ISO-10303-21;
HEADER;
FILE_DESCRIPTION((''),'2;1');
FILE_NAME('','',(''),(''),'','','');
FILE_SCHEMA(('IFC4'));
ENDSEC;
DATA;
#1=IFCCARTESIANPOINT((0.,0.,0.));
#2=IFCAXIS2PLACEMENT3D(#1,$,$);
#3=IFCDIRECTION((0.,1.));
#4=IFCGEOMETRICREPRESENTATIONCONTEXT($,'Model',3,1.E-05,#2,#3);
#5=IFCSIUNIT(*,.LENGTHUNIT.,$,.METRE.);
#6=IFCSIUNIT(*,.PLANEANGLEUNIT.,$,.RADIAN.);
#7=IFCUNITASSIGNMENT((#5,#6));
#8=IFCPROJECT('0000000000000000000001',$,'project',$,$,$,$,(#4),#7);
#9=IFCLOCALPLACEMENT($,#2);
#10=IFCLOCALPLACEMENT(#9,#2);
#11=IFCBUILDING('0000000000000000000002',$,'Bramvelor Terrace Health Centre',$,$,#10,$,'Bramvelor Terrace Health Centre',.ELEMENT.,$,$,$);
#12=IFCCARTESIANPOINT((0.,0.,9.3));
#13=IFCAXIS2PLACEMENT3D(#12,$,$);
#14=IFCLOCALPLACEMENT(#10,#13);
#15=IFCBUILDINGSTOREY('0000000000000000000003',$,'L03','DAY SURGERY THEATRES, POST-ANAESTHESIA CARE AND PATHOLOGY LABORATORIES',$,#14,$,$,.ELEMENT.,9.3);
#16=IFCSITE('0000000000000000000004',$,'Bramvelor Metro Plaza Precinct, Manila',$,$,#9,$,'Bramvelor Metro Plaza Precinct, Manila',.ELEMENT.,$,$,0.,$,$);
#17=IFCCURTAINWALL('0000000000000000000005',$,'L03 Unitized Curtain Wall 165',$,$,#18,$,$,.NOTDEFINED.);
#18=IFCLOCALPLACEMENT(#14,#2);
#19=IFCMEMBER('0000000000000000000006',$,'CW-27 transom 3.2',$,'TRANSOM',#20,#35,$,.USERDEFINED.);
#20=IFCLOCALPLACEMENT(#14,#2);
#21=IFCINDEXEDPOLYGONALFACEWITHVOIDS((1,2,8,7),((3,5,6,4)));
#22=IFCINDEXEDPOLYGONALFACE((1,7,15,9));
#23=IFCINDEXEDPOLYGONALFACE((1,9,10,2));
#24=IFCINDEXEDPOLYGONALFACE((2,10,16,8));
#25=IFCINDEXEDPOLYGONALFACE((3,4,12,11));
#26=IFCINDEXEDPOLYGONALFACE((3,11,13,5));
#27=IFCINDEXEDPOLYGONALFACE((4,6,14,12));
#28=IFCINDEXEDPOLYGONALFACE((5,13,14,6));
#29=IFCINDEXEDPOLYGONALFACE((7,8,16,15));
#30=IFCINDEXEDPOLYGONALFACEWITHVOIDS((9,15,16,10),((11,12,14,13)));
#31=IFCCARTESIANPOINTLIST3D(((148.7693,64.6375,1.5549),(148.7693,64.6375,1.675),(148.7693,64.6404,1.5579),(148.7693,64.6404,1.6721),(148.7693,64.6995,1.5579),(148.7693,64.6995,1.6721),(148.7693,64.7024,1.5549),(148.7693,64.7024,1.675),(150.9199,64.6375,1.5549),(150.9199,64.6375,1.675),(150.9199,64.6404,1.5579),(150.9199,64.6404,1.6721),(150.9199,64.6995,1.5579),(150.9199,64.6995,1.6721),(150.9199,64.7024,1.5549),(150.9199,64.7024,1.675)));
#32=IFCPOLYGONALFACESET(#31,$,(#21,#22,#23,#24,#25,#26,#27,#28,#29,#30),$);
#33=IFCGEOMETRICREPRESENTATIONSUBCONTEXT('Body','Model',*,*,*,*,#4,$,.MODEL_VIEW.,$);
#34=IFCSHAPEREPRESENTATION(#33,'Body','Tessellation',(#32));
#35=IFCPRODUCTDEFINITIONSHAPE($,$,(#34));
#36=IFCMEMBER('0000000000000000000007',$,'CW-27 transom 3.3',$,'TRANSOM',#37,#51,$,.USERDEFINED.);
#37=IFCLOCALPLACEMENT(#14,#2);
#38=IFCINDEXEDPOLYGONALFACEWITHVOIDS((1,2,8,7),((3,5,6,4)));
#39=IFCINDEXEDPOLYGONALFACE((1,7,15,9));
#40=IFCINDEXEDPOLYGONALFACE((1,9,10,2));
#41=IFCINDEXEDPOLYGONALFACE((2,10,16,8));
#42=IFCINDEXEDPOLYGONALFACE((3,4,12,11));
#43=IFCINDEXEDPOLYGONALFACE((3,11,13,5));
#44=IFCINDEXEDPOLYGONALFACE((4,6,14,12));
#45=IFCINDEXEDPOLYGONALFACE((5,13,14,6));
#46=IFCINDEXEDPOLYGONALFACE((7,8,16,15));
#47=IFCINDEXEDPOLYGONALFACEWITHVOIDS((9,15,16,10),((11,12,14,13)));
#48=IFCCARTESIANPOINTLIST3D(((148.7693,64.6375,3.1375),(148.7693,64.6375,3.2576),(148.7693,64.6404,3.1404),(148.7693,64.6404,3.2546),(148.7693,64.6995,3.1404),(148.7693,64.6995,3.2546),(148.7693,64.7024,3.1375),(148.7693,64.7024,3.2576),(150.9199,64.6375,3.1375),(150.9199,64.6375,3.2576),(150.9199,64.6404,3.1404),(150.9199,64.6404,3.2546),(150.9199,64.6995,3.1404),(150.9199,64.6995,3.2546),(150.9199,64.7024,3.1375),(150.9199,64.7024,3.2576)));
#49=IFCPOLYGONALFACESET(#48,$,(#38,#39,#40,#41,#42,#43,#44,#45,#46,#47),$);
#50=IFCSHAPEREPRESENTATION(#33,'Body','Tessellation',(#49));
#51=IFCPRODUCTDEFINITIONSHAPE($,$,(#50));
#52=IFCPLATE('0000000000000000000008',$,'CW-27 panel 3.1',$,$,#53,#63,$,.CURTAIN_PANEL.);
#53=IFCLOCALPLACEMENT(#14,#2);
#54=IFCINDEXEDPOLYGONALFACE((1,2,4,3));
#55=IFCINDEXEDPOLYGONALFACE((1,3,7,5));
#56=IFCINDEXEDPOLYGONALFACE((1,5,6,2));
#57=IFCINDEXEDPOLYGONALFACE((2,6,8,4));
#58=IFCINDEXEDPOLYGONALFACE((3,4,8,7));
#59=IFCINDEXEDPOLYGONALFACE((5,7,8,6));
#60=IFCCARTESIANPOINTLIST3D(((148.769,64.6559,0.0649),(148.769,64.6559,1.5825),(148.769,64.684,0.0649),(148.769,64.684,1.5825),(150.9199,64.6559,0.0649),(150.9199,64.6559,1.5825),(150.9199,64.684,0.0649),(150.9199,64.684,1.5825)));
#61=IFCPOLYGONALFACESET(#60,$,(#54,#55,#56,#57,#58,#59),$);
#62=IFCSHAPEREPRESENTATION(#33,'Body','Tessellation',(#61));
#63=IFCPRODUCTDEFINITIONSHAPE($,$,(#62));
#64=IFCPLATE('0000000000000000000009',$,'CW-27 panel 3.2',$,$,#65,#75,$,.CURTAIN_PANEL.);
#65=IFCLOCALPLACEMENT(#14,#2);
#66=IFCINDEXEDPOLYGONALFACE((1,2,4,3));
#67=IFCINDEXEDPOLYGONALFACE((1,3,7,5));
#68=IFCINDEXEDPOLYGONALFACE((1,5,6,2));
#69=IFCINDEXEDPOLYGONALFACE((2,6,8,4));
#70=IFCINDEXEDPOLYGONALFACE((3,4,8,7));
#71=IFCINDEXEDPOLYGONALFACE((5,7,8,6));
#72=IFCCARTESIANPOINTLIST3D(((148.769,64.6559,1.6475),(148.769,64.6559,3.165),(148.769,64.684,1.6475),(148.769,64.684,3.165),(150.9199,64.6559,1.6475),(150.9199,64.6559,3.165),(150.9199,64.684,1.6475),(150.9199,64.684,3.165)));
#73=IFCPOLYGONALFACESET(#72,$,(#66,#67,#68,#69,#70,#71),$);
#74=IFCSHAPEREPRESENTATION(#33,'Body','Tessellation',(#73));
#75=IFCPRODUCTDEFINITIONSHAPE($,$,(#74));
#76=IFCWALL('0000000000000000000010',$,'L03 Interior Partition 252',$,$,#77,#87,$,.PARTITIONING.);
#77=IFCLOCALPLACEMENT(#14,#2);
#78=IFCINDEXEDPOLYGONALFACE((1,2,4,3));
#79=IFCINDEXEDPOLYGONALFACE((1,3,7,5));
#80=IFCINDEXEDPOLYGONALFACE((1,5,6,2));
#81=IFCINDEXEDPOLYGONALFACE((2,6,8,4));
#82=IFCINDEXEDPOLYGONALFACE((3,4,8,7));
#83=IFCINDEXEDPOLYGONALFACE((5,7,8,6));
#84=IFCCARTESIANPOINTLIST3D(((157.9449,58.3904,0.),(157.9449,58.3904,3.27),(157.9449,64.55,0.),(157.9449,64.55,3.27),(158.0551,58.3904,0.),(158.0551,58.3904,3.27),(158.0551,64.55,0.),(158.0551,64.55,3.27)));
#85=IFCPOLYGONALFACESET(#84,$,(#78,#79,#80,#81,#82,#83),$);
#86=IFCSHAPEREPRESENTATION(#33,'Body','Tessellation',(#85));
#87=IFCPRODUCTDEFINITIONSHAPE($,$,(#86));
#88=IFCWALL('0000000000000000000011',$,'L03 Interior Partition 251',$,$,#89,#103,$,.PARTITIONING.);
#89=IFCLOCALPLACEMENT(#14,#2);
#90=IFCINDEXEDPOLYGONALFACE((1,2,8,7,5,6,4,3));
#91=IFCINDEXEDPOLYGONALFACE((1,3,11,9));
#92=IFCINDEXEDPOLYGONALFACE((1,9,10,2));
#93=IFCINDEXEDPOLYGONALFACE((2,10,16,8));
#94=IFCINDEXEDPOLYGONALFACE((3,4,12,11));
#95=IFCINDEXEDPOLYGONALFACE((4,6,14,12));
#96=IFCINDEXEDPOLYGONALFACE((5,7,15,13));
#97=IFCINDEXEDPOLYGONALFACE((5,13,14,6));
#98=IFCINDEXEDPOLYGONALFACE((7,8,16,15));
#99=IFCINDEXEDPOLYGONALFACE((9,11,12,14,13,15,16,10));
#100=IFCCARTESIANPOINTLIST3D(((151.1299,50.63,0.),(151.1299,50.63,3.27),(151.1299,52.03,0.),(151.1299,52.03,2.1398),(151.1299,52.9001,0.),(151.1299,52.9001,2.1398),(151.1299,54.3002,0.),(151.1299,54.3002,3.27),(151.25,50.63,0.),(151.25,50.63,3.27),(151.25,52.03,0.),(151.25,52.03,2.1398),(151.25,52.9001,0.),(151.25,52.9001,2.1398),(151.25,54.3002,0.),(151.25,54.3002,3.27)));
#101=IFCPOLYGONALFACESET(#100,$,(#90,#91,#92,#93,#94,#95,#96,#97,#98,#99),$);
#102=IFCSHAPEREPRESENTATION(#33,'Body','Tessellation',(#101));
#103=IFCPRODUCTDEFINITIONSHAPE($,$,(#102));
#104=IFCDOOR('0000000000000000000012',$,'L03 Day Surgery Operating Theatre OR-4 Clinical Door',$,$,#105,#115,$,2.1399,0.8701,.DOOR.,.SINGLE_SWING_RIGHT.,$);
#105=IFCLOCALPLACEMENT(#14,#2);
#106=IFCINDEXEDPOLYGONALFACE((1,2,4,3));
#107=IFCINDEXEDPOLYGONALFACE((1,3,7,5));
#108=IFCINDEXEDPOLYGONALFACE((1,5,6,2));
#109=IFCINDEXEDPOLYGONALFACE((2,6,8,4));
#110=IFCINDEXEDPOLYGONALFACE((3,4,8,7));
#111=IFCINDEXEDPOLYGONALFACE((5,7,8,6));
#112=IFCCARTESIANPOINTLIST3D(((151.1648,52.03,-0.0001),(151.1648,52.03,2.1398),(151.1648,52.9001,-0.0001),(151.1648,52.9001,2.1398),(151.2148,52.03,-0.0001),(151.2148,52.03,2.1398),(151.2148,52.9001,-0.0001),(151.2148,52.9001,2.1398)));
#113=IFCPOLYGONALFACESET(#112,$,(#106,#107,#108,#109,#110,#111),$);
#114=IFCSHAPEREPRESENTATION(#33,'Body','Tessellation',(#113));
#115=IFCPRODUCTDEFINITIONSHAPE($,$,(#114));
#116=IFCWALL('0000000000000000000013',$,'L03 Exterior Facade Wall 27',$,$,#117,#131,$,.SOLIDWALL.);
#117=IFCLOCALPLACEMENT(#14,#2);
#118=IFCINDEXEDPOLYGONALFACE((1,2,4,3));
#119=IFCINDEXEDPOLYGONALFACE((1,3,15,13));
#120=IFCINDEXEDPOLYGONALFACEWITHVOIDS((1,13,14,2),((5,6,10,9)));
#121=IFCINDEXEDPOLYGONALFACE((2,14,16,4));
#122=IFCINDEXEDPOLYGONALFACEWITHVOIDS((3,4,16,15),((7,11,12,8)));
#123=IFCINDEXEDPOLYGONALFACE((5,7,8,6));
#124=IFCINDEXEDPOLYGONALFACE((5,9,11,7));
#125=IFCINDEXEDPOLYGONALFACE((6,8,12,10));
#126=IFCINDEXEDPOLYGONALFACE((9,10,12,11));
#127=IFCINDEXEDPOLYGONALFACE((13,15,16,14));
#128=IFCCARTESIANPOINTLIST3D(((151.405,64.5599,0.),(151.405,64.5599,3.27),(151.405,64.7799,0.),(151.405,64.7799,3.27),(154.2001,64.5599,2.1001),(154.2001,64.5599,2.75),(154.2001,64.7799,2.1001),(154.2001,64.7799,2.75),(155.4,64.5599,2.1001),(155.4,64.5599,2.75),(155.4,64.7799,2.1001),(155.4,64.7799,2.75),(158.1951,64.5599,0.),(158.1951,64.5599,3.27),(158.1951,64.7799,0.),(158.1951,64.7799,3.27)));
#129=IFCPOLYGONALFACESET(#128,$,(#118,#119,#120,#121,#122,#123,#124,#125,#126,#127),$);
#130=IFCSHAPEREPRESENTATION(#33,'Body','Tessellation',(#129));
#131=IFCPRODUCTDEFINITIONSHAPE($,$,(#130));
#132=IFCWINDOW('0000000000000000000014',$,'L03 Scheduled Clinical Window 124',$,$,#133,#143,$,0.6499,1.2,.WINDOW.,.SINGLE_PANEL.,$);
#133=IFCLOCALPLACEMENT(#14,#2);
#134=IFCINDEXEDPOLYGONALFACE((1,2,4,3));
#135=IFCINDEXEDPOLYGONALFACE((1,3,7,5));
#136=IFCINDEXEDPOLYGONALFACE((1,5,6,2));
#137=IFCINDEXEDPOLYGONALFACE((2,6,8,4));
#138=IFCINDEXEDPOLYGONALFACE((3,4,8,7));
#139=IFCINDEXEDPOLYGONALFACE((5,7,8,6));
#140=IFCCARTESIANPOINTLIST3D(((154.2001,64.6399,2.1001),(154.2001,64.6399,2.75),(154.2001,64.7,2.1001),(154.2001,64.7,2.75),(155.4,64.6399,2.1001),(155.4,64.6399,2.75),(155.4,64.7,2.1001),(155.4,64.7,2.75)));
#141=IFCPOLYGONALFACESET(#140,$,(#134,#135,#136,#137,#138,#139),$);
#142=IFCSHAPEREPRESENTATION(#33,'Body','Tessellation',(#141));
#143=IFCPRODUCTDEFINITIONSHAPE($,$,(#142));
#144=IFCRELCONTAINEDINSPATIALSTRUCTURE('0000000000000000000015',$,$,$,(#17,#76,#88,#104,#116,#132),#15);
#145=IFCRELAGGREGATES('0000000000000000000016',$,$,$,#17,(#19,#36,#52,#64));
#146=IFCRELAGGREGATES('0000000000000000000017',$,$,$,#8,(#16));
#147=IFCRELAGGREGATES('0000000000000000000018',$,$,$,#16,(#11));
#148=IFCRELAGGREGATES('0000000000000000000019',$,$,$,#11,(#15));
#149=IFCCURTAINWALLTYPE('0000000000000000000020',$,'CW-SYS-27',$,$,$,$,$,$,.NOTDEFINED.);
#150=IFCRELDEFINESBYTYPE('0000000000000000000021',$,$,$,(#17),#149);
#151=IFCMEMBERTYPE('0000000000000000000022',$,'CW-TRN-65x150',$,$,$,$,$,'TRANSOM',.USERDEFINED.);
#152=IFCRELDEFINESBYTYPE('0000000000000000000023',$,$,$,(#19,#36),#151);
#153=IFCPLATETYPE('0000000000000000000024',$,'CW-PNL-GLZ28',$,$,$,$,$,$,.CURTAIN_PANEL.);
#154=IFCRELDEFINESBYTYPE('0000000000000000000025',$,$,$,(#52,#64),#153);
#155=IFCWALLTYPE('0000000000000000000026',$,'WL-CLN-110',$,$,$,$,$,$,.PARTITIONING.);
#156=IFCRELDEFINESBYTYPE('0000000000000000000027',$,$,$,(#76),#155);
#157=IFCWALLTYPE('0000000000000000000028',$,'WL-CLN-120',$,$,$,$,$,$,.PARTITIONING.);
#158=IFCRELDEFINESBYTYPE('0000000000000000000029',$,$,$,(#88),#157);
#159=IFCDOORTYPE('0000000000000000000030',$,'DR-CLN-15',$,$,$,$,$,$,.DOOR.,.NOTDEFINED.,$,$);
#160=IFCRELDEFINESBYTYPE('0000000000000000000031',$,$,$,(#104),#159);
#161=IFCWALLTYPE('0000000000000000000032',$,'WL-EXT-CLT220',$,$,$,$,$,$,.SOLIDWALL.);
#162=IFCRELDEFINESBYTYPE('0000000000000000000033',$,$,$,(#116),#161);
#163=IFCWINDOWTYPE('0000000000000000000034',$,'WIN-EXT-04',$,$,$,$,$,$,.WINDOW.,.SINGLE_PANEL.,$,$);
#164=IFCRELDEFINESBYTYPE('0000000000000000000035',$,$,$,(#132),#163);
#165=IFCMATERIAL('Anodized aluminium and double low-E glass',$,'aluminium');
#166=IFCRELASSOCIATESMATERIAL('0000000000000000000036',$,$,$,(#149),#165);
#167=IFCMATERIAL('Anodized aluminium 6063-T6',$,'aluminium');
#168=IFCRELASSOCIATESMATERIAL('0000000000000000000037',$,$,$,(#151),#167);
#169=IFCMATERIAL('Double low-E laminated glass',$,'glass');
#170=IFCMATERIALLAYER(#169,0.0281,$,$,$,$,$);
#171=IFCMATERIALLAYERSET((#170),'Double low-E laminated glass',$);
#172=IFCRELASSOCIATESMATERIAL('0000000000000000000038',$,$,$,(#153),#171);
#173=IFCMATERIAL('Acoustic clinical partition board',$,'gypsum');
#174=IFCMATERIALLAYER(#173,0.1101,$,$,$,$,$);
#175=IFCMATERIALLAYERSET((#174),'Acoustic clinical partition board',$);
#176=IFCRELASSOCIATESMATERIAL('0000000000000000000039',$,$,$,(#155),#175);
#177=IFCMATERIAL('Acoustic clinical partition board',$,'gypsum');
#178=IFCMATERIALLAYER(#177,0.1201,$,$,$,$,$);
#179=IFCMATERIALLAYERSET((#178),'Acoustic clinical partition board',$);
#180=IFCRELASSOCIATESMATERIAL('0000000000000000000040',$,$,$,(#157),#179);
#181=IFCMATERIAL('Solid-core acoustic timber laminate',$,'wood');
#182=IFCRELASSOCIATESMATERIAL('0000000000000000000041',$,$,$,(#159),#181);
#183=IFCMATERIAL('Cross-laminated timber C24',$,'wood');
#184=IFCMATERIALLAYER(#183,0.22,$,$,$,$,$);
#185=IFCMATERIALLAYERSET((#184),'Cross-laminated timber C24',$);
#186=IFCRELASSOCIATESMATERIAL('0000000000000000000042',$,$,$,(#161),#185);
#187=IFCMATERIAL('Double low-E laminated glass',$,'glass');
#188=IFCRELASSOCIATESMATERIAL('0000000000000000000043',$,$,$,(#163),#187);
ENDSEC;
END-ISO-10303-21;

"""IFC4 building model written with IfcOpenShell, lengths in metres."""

from ifc_helpers import new_model, si_unit, direction, frame, frame_2d, origin, origin_2d, place, context, subcontext, project, spatial, rectangle, hollow_rectangle, extrude, material, layer, layer_set, material_profile, profile_set, type_object, element, fill, aggregate, save


model = new_model("IFC4")

# Units and contexts
model_context = context("Model", 3, precision=1e-05, world=origin(), true_north=direction((0.0, 1.0)))
body_context = subcontext(model_context, "Body", "Model", "MODEL_VIEW")
ifc_project = project(units=[si_unit("LENGTHUNIT", "METRE"), si_unit("PLANEANGLEUNIT", "RADIAN")], contexts=[model_context])

# Site, building, storey
site_placement = place(None, origin())
site = spatial("IfcSite", under=ifc_project, at=site_placement, Name="Bramvelor Metro Plaza Precinct, Manila", LongName="Bramvelor Metro Plaza Precinct, Manila", CompositionType="ELEMENT", RefElevation=0.0)
building_placement = place(site_placement, origin())
building = spatial("IfcBuilding", under=site, at=building_placement, Name="Bramvelor Terrace Health Centre", LongName="Bramvelor Terrace Health Centre", CompositionType="ELEMENT")
storey_placement = place(building_placement, frame((0.0, 0.0, 9.3)))
storey = spatial("IfcBuildingStorey", under=building, at=storey_placement, Name="L03", Description="DAY SURGERY THEATRES, POST-ANAESTHESIA CARE AND PATHOLOGY LABORATORIES", CompositionType="ELEMENT", Elevation=9.3)

# Curtain wall, members, plates
ifc_material_1 = material(Name="Anodized aluminium and double low-E glass", Category="aluminium")
curtain_wall_type = type_object("IfcCurtainWallType", Name="CW-SYS-27", PredefinedType="NOTDEFINED", material=ifc_material_1)
curtain_wall_placement = place(storey_placement, origin())
curtain_wall = element("IfcCurtainWall", 1, at=curtain_wall_placement, inside=storey, type_object=curtain_wall_type, Name="L03 Unitized Curtain Wall 165", PredefinedType="NOTDEFINED")
ifc_material_2 = material(Name="Anodized aluminium 6063-T6", Category="aluminium")
ifc_material_profile_1 = material_profile(ifc_material_2, hollow_rectangle(XDim=0.0649, YDim=0.1201, WallThickness=0.0029, at=origin_2d()), Name="ALU-TRN 65x120x3.0")
ifc_profile_set_1 = profile_set([ifc_material_profile_1], Name="Anodized aluminium 6063-T6")
member_type_1 = type_object("IfcMemberType", Name="CW-TRN-65x150", ElementType="TRANSOM", PredefinedType="USERDEFINED", material=ifc_profile_set_1)
member_1_placement = place(storey_placement, frame((148.7693, 64.6699, 1.615), z_axis=(1.0, 0.0, 0.0), x_axis=(0.0, 1.0, 0.0)))
member_1 = element("IfcMember", 2, at=member_1_placement, type_object=member_type_1, Name="CW-27 transom 3.2", ObjectType="TRANSOM", PredefinedType="USERDEFINED", context=body_context, shape_type="SweptSolid", body=[
    extrude(hollow_rectangle(XDim=0.0649, YDim=0.1201, WallThickness=0.0029, at=origin_2d()), origin(), (0.0, 0.0, 1.0), 2.1506),
])
member_2_placement = place(storey_placement, frame((148.7693, 64.6699, 3.1975), z_axis=(1.0, 0.0, 0.0), x_axis=(0.0, 1.0, 0.0)))
member_2 = element("IfcMember", 3, at=member_2_placement, type_object=member_type_1, Name="CW-27 transom 3.3", ObjectType="TRANSOM", PredefinedType="USERDEFINED", context=body_context, shape_type="SweptSolid", body=[
    extrude(hollow_rectangle(XDim=0.0649, YDim=0.1201, WallThickness=0.0029, at=origin_2d()), origin(), (0.0, 0.0, 1.0), 2.1506),
])
ifc_material_3 = material(Name="Double low-E laminated glass", Category="glass")
ifc_layer_1 = layer(ifc_material_3, 0.0281)
ifc_layer_set_1 = layer_set([ifc_layer_1], Name="Double low-E laminated glass")
plate_type = type_object("IfcPlateType", Name="CW-PNL-GLZ28", PredefinedType="CURTAIN_PANEL", material=ifc_layer_set_1)
plate_1_placement = place(storey_placement, frame((149.8445, 64.6699, 0.0649), z_axis=(0.0, 0.0, 1.0), x_axis=(1.0, 0.0, 0.0)))
plate_1 = element("IfcPlate", 4, at=plate_1_placement, type_object=plate_type, Name="CW-27 panel 3.1", PredefinedType="CURTAIN_PANEL", context=body_context, shape_type="SweptSolid", body=[
    extrude(rectangle(XDim=2.1509, YDim=0.0281, at=origin_2d()), origin(), (0.0, 0.0, 1.0), 1.5176),
])
plate_2_placement = place(storey_placement, frame((149.8445, 64.6699, 1.6475), z_axis=(0.0, 0.0, 1.0), x_axis=(1.0, 0.0, 0.0)))
plate_2 = element("IfcPlate", 5, at=plate_2_placement, type_object=plate_type, Name="CW-27 panel 3.2", PredefinedType="CURTAIN_PANEL", context=body_context, shape_type="SweptSolid", body=[
    extrude(rectangle(XDim=2.1509, YDim=0.0281, at=origin_2d()), origin(), (0.0, 0.0, 1.0), 1.5176),
])
aggregate(curtain_wall, [member_1, member_2, plate_1, plate_2])

# Wall
ifc_material_4 = material(Name="Acoustic clinical partition board", Category="gypsum")
ifc_layer_2 = layer(ifc_material_4, 0.1101)
ifc_layer_set_2 = layer_set([ifc_layer_2], Name="Acoustic clinical partition board")
wall_type_1 = type_object("IfcWallType", Name="WL-CLN-110", PredefinedType="PARTITIONING", material=ifc_layer_set_2)
wall_1_placement = place(storey_placement, frame((158.0, 64.55, 0.0), z_axis=(0.0, 0.0, 1.0), x_axis=(0.0, -1.0, 0.0)))
element("IfcWall", 6, at=wall_1_placement, inside=storey, type_object=wall_type_1, Name="L03 Interior Partition 252", PredefinedType="PARTITIONING", context=body_context, shape_type="SweptSolid", body=[
    extrude(rectangle(XDim=6.1597, YDim=0.1101, at=frame_2d((3.0798, 0.0))), origin(), (0.0, 0.0, 1.0), 3.27),
])

# Wall, opening, door
ifc_material_5 = material(Name="Acoustic clinical partition board", Category="gypsum")
ifc_layer_3 = layer(ifc_material_5, 0.1201)
ifc_layer_set_3 = layer_set([ifc_layer_3], Name="Acoustic clinical partition board")
wall_type_2 = type_object("IfcWallType", Name="WL-CLN-120", PredefinedType="PARTITIONING", material=ifc_layer_set_3)
wall_2_placement = place(storey_placement, frame((151.1899, 54.3, 0.0), z_axis=(0.0, 0.0, 1.0), x_axis=(0.0, -1.0, 0.0)))
wall_2 = element("IfcWall", 7, at=wall_2_placement, inside=storey, type_object=wall_type_2, Name="L03 Interior Partition 251", PredefinedType="PARTITIONING", context=body_context, shape_type="SweptSolid", body=[
    extrude(rectangle(XDim=3.6702, YDim=0.1201, at=frame_2d((1.835, 0.0))), origin(), (0.0, 0.0, 1.0), 3.27),
])
opening_1_placement = place(wall_2_placement, frame((1.3999, 0.0, 0.0)))
opening_1 = element("IfcOpeningElement", 8, at=opening_1_placement, cuts=wall_2, PredefinedType="OPENING", context=body_context, shape_type="SweptSolid", body=[
    extrude(rectangle(XDim=0.8701, YDim=2.1399, at=frame_2d((0.4351, 1.0698))), frame((0.0, 0.0701, 0.0), z_axis=(0.0, -1.0, 0.0), x_axis=(1.0, 0.0, 0.0)), (0.0, 0.0, 1.0), 0.1401),
])
ifc_material_6 = material(Name="Solid-core acoustic timber laminate", Category="wood")
door_type = type_object("IfcDoorType", Name="DR-CLN-15", OperationType="NOTDEFINED", PredefinedType="DOOR", material=ifc_material_6)
door_placement = place(opening_1_placement, origin())
door = element("IfcDoor", 9, at=door_placement, inside=storey, type_object=door_type, Name="L03 Day Surgery Operating Theatre OR-4 Clinical Door", OperationType="SINGLE_SWING_RIGHT", OverallHeight=2.1399, OverallWidth=0.8701, PredefinedType="DOOR", context=body_context, shape_type="SweptSolid", body=[
    extrude(rectangle(XDim=0.8701, YDim=2.1399, at=frame_2d((0.4351, 1.0698))), frame((0.0, 0.0249, 0.0), z_axis=(0.0, -1.0, 0.0), x_axis=(1.0, 0.0, 0.0)), (0.0, 0.0, 1.0), 0.05),
])
fill(opening_1, door)

# Wall, opening, window
ifc_material_7 = material(Name="Cross-laminated timber C24", Category="wood")
ifc_layer_4 = layer(ifc_material_7, 0.22)
ifc_layer_set_4 = layer_set([ifc_layer_4], Name="Cross-laminated timber C24")
wall_type_3 = type_object("IfcWallType", Name="WL-EXT-CLT220", PredefinedType="SOLIDWALL", material=ifc_layer_set_4)
wall_3_placement = place(storey_placement, frame((151.405, 64.6699, 0.0), z_axis=(0.0, 0.0, 1.0), x_axis=(1.0, 0.0, 0.0)))
wall_3 = element("IfcWall", 10, at=wall_3_placement, inside=storey, type_object=wall_type_3, Name="L03 Exterior Facade Wall 27", PredefinedType="SOLIDWALL", context=body_context, shape_type="SweptSolid", body=[
    extrude(rectangle(XDim=6.79, YDim=0.22, at=frame_2d((3.395, 0.0))), origin(), (0.0, 0.0, 1.0), 3.27),
])
opening_2_placement = place(wall_3_placement, frame((2.7949, 0.0, 2.1001)))
opening_2 = element("IfcOpeningElement", 11, at=opening_2_placement, cuts=wall_3, PredefinedType="OPENING", context=body_context, shape_type="SweptSolid", body=[
    extrude(rectangle(XDim=1.2, YDim=0.6499, at=frame_2d((0.6001, 0.325))), frame((0.0, 0.1199, 0.0), z_axis=(0.0, -1.0, 0.0), x_axis=(1.0, 0.0, 0.0)), (0.0, 0.0, 1.0), 0.24),
])
ifc_material_8 = material(Name="Double low-E laminated glass", Category="glass")
window_type = type_object("IfcWindowType", Name="WIN-EXT-04", PartitioningType="SINGLE_PANEL", PredefinedType="WINDOW", material=ifc_material_8)
window_placement = place(opening_2_placement, origin())
window = element("IfcWindow", 12, at=window_placement, inside=storey, type_object=window_type, Name="L03 Scheduled Clinical Window 124", OverallHeight=0.6499, OverallWidth=1.2, PartitioningType="SINGLE_PANEL", PredefinedType="WINDOW", context=body_context, shape_type="SweptSolid", body=[
    extrude(rectangle(XDim=1.2, YDim=0.6499, at=frame_2d((0.6001, 0.325))), frame((0.0, 0.03, 0.0), z_axis=(0.0, -1.0, 0.0), x_axis=(1.0, 0.0, 0.0)), (0.0, 0.0, 1.0), 0.0601),
])
fill(opening_2, window)

save(model, "model.ifc")
